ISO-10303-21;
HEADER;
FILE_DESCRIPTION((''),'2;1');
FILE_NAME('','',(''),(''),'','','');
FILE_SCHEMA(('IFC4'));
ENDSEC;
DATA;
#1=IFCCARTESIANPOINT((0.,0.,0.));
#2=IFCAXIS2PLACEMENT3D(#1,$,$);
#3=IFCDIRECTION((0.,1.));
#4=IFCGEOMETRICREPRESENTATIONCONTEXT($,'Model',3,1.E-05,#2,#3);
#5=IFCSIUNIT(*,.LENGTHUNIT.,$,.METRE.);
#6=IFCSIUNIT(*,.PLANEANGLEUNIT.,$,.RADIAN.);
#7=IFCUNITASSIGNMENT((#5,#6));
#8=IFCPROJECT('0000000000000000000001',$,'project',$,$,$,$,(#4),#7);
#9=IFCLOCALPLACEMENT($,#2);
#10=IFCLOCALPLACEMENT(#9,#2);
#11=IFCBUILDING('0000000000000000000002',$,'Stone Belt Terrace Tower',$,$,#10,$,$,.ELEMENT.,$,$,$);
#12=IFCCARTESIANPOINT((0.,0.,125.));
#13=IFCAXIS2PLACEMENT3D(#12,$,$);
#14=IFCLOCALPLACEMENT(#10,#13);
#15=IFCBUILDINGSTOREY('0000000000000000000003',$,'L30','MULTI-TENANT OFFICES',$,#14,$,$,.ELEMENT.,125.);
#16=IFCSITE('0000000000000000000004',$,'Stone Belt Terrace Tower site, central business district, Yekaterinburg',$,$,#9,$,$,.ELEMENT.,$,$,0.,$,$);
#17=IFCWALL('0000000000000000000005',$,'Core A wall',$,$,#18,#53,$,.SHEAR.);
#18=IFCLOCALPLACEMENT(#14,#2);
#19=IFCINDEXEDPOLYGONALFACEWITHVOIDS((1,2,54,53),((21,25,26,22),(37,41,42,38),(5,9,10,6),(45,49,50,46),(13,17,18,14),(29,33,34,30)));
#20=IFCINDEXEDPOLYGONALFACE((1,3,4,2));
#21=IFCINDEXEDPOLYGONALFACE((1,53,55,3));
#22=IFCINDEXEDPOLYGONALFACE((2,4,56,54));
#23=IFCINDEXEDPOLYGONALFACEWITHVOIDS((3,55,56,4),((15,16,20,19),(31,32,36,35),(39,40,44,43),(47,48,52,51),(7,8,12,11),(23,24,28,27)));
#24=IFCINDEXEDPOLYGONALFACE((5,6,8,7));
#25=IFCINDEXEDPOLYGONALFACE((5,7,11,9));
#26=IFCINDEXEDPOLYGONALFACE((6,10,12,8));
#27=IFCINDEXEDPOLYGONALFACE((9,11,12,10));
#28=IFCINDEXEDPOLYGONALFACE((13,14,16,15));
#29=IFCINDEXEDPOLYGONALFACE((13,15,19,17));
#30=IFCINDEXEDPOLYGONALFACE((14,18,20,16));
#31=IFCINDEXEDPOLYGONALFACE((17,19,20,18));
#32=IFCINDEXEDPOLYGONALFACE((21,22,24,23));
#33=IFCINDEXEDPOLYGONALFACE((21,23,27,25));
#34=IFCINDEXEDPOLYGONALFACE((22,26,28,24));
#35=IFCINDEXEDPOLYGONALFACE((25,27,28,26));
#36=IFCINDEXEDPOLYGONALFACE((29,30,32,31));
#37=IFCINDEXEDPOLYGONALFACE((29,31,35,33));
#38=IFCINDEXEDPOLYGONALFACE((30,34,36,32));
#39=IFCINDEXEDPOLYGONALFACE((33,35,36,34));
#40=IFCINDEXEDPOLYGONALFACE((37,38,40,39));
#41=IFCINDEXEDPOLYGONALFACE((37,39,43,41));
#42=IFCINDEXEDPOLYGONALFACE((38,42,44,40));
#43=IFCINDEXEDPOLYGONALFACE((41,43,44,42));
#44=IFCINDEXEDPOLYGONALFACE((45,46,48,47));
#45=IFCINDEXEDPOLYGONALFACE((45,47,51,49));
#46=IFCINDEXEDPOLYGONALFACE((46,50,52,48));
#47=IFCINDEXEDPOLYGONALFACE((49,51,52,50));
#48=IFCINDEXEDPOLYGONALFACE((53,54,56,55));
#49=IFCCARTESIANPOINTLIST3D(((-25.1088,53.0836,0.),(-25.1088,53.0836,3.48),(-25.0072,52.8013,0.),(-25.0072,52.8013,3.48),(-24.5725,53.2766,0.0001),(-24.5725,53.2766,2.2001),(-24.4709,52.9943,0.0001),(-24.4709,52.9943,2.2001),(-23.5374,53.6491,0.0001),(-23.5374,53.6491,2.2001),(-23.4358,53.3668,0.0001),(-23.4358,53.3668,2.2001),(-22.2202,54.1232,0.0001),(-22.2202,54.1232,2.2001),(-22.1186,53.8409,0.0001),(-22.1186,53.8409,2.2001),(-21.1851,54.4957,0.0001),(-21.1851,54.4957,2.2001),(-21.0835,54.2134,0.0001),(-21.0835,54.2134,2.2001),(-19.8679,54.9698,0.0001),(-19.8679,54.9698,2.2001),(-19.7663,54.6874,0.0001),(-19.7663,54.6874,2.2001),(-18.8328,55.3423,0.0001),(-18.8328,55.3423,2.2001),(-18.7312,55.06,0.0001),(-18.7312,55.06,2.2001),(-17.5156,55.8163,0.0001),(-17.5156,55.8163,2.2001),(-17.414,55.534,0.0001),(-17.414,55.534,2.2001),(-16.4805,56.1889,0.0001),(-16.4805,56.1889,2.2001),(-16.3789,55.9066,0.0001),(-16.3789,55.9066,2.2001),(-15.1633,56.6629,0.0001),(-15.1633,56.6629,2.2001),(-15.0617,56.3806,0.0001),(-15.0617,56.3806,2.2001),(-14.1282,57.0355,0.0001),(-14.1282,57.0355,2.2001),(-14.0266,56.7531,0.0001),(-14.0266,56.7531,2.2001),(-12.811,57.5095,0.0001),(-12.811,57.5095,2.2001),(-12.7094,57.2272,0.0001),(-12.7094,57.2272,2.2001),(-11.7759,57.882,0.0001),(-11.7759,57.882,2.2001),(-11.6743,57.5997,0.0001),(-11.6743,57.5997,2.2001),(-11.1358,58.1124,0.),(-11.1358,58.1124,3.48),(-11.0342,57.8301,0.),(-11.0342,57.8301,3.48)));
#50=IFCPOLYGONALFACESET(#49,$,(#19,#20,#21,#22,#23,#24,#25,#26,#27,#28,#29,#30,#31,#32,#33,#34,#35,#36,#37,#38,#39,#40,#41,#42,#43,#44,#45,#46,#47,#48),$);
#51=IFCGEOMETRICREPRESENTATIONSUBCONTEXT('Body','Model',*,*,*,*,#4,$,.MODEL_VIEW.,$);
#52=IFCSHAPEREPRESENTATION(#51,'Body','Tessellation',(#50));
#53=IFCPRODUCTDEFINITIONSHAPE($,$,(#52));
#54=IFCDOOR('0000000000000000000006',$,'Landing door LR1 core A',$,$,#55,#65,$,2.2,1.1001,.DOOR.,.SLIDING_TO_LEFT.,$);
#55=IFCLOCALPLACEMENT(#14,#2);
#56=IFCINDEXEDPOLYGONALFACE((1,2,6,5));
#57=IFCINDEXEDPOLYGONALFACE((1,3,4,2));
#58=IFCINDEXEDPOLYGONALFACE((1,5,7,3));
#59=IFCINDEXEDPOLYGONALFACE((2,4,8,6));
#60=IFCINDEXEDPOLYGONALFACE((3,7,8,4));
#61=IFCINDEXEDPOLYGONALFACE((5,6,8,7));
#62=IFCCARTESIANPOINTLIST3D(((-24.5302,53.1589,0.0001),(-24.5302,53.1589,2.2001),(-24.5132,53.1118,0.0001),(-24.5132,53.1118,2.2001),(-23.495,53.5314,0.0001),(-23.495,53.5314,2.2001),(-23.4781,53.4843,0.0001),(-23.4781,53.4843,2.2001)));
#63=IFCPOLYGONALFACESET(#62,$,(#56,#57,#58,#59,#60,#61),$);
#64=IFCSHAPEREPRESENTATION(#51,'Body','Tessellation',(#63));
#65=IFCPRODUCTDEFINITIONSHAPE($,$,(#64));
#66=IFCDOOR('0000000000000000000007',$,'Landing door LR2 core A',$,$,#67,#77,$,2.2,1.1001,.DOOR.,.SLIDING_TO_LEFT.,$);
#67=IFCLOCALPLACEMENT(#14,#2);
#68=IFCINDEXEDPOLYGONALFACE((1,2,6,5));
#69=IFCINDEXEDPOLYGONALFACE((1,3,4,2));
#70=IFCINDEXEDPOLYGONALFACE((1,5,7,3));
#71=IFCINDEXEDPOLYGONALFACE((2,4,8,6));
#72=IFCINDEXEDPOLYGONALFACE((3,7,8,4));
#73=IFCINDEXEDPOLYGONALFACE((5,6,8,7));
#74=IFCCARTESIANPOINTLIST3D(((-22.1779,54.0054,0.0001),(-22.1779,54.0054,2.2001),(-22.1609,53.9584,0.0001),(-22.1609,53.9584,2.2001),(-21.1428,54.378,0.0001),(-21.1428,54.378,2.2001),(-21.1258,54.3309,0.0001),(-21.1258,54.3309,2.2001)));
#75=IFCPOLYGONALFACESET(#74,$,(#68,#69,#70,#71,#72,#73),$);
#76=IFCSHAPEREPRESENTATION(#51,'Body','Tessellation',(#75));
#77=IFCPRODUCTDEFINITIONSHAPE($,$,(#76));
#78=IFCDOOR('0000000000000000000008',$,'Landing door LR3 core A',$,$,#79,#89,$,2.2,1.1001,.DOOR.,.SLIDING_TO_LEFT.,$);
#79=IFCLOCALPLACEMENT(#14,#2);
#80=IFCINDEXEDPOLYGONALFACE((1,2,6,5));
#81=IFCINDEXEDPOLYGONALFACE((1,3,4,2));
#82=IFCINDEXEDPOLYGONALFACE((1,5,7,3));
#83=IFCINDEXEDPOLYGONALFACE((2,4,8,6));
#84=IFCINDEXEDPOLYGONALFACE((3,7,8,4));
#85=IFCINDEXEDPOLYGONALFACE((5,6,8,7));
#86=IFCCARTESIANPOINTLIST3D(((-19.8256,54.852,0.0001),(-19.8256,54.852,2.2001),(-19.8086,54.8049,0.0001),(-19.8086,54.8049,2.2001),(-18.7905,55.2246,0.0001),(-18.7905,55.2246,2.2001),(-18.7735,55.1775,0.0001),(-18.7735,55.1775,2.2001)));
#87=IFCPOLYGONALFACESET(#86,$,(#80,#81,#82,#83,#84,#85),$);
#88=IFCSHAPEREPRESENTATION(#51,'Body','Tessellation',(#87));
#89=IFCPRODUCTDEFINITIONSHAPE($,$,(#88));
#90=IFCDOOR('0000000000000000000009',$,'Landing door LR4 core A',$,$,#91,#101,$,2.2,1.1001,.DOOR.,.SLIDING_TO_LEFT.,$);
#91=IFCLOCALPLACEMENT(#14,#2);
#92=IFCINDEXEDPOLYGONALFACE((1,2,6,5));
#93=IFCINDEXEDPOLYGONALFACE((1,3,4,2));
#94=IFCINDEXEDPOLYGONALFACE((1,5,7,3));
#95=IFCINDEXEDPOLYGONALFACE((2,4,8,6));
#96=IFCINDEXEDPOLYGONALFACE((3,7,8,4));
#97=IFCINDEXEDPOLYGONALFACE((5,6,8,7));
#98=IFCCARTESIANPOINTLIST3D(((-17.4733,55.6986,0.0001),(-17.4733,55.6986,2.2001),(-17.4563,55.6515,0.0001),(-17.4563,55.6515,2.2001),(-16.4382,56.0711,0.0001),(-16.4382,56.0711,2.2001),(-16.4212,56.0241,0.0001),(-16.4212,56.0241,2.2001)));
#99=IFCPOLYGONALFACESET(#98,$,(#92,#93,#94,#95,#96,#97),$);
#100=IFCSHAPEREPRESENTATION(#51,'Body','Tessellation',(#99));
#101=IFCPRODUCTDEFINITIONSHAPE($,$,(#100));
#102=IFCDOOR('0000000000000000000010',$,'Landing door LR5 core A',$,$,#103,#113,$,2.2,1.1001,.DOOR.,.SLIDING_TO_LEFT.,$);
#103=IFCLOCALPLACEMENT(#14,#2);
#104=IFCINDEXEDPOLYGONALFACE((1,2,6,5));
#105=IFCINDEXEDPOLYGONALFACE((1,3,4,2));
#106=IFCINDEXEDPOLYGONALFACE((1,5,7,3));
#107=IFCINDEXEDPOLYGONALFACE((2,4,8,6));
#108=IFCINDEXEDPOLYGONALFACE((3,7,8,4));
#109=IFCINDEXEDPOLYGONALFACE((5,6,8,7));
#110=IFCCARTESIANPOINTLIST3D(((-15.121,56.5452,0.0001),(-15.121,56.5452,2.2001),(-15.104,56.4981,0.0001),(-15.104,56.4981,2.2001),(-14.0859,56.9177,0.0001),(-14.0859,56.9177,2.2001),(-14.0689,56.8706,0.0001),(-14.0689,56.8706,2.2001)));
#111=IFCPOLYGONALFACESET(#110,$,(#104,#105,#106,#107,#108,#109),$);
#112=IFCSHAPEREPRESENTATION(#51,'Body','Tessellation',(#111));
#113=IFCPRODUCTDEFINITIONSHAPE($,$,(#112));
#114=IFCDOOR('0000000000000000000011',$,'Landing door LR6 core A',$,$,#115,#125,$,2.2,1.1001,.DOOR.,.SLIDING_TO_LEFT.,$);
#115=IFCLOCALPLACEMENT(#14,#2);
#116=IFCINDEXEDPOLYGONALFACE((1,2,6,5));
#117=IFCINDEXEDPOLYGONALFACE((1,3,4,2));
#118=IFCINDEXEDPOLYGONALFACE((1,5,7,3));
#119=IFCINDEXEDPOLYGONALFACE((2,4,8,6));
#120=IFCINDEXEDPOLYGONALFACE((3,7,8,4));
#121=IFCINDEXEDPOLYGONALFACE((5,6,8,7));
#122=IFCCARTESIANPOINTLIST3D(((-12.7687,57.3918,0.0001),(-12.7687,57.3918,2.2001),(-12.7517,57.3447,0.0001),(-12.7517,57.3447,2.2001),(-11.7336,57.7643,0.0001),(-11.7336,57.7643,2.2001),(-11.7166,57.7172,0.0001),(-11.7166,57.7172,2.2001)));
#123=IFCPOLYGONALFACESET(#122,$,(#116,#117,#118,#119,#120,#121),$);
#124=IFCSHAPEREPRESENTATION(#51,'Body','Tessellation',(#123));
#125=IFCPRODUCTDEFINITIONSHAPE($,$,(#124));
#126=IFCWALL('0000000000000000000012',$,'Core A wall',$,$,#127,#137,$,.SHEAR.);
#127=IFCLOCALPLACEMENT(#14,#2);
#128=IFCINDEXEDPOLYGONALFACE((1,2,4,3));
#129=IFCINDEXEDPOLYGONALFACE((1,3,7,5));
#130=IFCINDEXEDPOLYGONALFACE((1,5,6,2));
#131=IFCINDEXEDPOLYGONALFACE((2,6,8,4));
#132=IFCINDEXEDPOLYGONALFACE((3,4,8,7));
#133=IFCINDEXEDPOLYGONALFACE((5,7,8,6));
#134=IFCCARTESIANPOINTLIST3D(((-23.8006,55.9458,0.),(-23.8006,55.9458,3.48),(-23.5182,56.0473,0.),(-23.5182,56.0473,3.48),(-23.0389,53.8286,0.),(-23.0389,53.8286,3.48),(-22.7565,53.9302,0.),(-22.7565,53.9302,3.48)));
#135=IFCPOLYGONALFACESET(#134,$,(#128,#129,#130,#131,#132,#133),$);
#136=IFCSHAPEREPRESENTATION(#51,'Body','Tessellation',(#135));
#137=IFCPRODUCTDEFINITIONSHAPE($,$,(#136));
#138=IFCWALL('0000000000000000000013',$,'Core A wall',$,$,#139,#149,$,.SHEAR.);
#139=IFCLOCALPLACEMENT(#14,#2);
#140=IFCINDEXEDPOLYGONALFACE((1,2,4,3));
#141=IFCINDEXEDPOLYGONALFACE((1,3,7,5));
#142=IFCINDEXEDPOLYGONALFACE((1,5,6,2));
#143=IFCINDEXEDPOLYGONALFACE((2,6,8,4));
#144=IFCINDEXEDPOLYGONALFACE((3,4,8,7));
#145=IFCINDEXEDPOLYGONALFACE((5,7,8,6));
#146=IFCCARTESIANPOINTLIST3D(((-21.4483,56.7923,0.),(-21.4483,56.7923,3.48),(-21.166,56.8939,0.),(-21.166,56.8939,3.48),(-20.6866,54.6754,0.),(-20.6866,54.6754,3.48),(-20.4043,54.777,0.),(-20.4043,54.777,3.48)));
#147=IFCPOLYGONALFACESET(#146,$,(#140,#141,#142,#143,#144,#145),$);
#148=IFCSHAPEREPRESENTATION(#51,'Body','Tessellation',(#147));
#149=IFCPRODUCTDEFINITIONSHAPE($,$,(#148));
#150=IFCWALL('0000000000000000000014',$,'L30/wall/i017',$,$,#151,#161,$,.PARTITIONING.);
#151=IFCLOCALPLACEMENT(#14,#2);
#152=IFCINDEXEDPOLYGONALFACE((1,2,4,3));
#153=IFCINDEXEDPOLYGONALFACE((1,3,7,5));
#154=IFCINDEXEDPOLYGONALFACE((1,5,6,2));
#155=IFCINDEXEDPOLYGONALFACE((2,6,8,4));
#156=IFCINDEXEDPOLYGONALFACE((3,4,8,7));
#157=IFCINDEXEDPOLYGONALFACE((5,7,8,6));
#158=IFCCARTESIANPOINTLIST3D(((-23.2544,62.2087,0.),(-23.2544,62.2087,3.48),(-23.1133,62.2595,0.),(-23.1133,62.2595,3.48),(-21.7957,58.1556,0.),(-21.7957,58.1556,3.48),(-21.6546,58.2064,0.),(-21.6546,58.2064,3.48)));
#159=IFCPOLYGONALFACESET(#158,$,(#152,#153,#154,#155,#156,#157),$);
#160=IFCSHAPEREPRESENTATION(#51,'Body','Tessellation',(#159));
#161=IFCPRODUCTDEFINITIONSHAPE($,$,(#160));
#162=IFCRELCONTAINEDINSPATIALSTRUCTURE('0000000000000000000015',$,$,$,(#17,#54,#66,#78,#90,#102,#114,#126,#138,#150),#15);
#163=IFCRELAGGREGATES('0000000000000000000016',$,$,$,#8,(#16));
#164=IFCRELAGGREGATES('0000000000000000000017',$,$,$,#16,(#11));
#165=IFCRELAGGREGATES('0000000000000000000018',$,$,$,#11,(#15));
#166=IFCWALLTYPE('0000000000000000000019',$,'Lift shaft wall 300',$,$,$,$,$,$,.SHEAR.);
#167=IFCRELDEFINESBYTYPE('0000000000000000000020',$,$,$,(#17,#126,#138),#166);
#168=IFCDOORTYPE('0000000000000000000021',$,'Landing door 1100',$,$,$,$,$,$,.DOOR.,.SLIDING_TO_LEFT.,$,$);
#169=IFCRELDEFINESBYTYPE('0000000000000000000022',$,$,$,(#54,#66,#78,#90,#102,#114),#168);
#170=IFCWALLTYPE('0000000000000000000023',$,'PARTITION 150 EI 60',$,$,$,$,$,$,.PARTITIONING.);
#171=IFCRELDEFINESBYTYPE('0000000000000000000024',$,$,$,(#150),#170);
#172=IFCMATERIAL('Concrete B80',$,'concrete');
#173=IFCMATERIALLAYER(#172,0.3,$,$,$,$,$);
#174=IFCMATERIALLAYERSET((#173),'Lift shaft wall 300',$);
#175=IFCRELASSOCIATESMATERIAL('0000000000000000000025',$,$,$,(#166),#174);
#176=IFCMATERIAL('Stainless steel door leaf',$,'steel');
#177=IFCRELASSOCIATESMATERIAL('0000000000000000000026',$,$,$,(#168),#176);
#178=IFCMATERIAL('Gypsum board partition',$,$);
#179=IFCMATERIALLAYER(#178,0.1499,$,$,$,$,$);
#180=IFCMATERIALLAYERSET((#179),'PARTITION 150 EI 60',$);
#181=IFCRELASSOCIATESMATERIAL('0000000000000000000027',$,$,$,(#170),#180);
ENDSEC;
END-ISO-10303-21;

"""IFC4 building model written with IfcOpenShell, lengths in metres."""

from ifc_helpers import new_model, si_unit, direction, frame, frame_2d, origin, place, context, subcontext, project, spatial, rectangle, extrude, material, layer, layer_set, type_object, element, fill, save


model = new_model("IFC4")

# Units and contexts
model_context = context("Model", 3, precision=1e-05, world=origin(), true_north=direction((0.0, 1.0)))
body_context = subcontext(model_context, "Body", "Model", "MODEL_VIEW")
ifc_project = project(units=[si_unit("LENGTHUNIT", "METRE"), si_unit("PLANEANGLEUNIT", "RADIAN")], contexts=[model_context])

# Site, building, storey
site_placement = place(None, origin())
site = spatial("IfcSite", under=ifc_project, at=site_placement, Name="Stone Belt Terrace Tower site, central business district, Yekaterinburg", CompositionType="ELEMENT", RefElevation=0.0)
building_placement = place(site_placement, origin())
building = spatial("IfcBuilding", under=site, at=building_placement, Name="Stone Belt Terrace Tower", CompositionType="ELEMENT")
storey_placement = place(building_placement, frame((0.0, 0.0, 125.0)))
storey = spatial("IfcBuildingStorey", under=building, at=storey_placement, Name="L30", Description="MULTI-TENANT OFFICES", CompositionType="ELEMENT", Elevation=125.0)

# Shared definitions
ifc_material_1 = material(Name="Concrete B80", Category="concrete")

# Wall, openings, doors
ifc_layer_1 = layer(ifc_material_1, 0.3)
ifc_layer_set_1 = layer_set([ifc_layer_1], Name="Lift shaft wall 300")
wall_type_1 = type_object("IfcWallType", Name="Lift shaft wall 300", PredefinedType="SHEAR", material=ifc_layer_set_1)
wall_1_placement = place(storey_placement, frame((-25.0581, 52.9424, 0.0), z_axis=(0.0, 0.0, 1.0), x_axis=(0.940918, 0.338634, 0.0)))
wall_1 = element("IfcWall", 1, at=wall_1_placement, inside=storey, type_object=wall_type_1, Name="Core A wall", PredefinedType="SHEAR", context=body_context, shape_type="SweptSolid", body=[
    extrude(rectangle(XDim=14.8503, YDim=0.3, at=frame_2d((7.4253, 0.0))), origin(), (0.0, 0.0, 1.0), 3.48),
])
opening_1_placement = place(wall_1_placement, frame((0.5701, 0.0, 0.0)))
opening_1 = element("IfcOpeningElement", 2, at=opening_1_placement, cuts=wall_1, PredefinedType="OPENING", context=body_context, shape_type="SweptSolid", body=[
    extrude(rectangle(XDim=1.1001, YDim=2.2, at=frame_2d((0.55, 1.1001))), frame((0.0, 0.1599, 0.0), z_axis=(0.0, -1.0, 0.0), x_axis=(1.0, 0.0, 0.0)), (0.0, 0.0, 1.0), 0.3201),
])
opening_2_placement = place(wall_1_placement, frame((3.0701, 0.0, 0.0)))
opening_2 = element("IfcOpeningElement", 3, at=opening_2_placement, cuts=wall_1, PredefinedType="OPENING", context=body_context, shape_type="SweptSolid", body=[
    extrude(rectangle(XDim=1.1001, YDim=2.2, at=frame_2d((0.55, 1.1001))), frame((0.0, 0.1599, 0.0), z_axis=(0.0, -1.0, 0.0), x_axis=(1.0, 0.0, 0.0)), (0.0, 0.0, 1.0), 0.3201),
])
opening_3_placement = place(wall_1_placement, frame((5.5701, 0.0, 0.0)))
opening_3 = element("IfcOpeningElement", 4, at=opening_3_placement, cuts=wall_1, PredefinedType="OPENING", context=body_context, shape_type="SweptSolid", body=[
    extrude(rectangle(XDim=1.1001, YDim=2.2, at=frame_2d((0.55, 1.1001))), frame((0.0, 0.1599, 0.0), z_axis=(0.0, -1.0, 0.0), x_axis=(1.0, 0.0, 0.0)), (0.0, 0.0, 1.0), 0.3201),
])
opening_4_placement = place(wall_1_placement, frame((8.0701, 0.0, 0.0)))
opening_4 = element("IfcOpeningElement", 5, at=opening_4_placement, cuts=wall_1, PredefinedType="OPENING", context=body_context, shape_type="SweptSolid", body=[
    extrude(rectangle(XDim=1.1001, YDim=2.2, at=frame_2d((0.55, 1.1001))), frame((0.0, 0.1599, 0.0), z_axis=(0.0, -1.0, 0.0), x_axis=(1.0, 0.0, 0.0)), (0.0, 0.0, 1.0), 0.3201),
])
opening_5_placement = place(wall_1_placement, frame((10.5701, 0.0, 0.0)))
opening_5 = element("IfcOpeningElement", 6, at=opening_5_placement, cuts=wall_1, PredefinedType="OPENING", context=body_context, shape_type="SweptSolid", body=[
    extrude(rectangle(XDim=1.1001, YDim=2.2, at=frame_2d((0.55, 1.1001))), frame((0.0, 0.1599, 0.0), z_axis=(0.0, -1.0, 0.0), x_axis=(1.0, 0.0, 0.0)), (0.0, 0.0, 1.0), 0.3201),
])
opening_6_placement = place(wall_1_placement, frame((13.0701, 0.0, 0.0)))
opening_6 = element("IfcOpeningElement", 7, at=opening_6_placement, cuts=wall_1, PredefinedType="OPENING", context=body_context, shape_type="SweptSolid", body=[
    extrude(rectangle(XDim=1.1001, YDim=2.2, at=frame_2d((0.55, 1.1001))), frame((0.0, 0.1599, 0.0), z_axis=(0.0, -1.0, 0.0), x_axis=(1.0, 0.0, 0.0)), (0.0, 0.0, 1.0), 0.3201),
])
ifc_material_2 = material(Name="Stainless steel door leaf", Category="steel")
door_type = type_object("IfcDoorType", Name="Landing door 1100", OperationType="SLIDING_TO_LEFT", PredefinedType="DOOR", material=ifc_material_2)
door_1_placement = place(opening_1_placement, origin())
door_1 = element("IfcDoor", 8, at=door_1_placement, inside=storey, type_object=door_type, Name="Landing door LR1 core A", OperationType="SLIDING_TO_LEFT", OverallHeight=2.2, OverallWidth=1.1001, PredefinedType="DOOR", context=body_context, shape_type="SweptSolid", body=[
    extrude(rectangle(XDim=1.1001, YDim=2.2, at=frame_2d((0.55, 1.1001))), frame((0.0, 0.0249, 0.0), z_axis=(0.0, -1.0, 0.0), x_axis=(1.0, 0.0, 0.0)), (0.0, 0.0, 1.0), 0.05),
])
fill(opening_1, door_1)
door_2_placement = place(opening_2_placement, origin())
door_2 = element("IfcDoor", 9, at=door_2_placement, inside=storey, type_object=door_type, Name="Landing door LR2 core A", OperationType="SLIDING_TO_LEFT", OverallHeight=2.2, OverallWidth=1.1001, PredefinedType="DOOR", context=body_context, shape_type="SweptSolid", body=[
    extrude(rectangle(XDim=1.1001, YDim=2.2, at=frame_2d((0.55, 1.1001))), frame((0.0, 0.0249, 0.0), z_axis=(0.0, -1.0, 0.0), x_axis=(1.0, 0.0, 0.0)), (0.0, 0.0, 1.0), 0.05),
])
fill(opening_2, door_2)
door_3_placement = place(opening_3_placement, origin())
door_3 = element("IfcDoor", 10, at=door_3_placement, inside=storey, type_object=door_type, Name="Landing door LR3 core A", OperationType="SLIDING_TO_LEFT", OverallHeight=2.2, OverallWidth=1.1001, PredefinedType="DOOR", context=body_context, shape_type="SweptSolid", body=[
    extrude(rectangle(XDim=1.1001, YDim=2.2, at=frame_2d((0.55, 1.1001))), frame((0.0, 0.0249, 0.0), z_axis=(0.0, -1.0, 0.0), x_axis=(1.0, 0.0, 0.0)), (0.0, 0.0, 1.0), 0.05),
])
fill(opening_3, door_3)
door_4_placement = place(opening_4_placement, origin())
door_4 = element("IfcDoor", 11, at=door_4_placement, inside=storey, type_object=door_type, Name="Landing door LR4 core A", OperationType="SLIDING_TO_LEFT", OverallHeight=2.2, OverallWidth=1.1001, PredefinedType="DOOR", context=body_context, shape_type="SweptSolid", body=[
    extrude(rectangle(XDim=1.1001, YDim=2.2, at=frame_2d((0.55, 1.1001))), frame((0.0, 0.0249, 0.0), z_axis=(0.0, -1.0, 0.0), x_axis=(1.0, 0.0, 0.0)), (0.0, 0.0, 1.0), 0.05),
])
fill(opening_4, door_4)
door_5_placement = place(opening_5_placement, origin())
door_5 = element("IfcDoor", 12, at=door_5_placement, inside=storey, type_object=door_type, Name="Landing door LR5 core A", OperationType="SLIDING_TO_LEFT", OverallHeight=2.2, OverallWidth=1.1001, PredefinedType="DOOR", context=body_context, shape_type="SweptSolid", body=[
    extrude(rectangle(XDim=1.1001, YDim=2.2, at=frame_2d((0.55, 1.1001))), frame((0.0, 0.0249, 0.0), z_axis=(0.0, -1.0, 0.0), x_axis=(1.0, 0.0, 0.0)), (0.0, 0.0, 1.0), 0.05),
])
fill(opening_5, door_5)
door_6_placement = place(opening_6_placement, origin())
door_6 = element("IfcDoor", 13, at=door_6_placement, inside=storey, type_object=door_type, Name="Landing door LR6 core A", OperationType="SLIDING_TO_LEFT", OverallHeight=2.2, OverallWidth=1.1001, PredefinedType="DOOR", context=body_context, shape_type="SweptSolid", body=[
    extrude(rectangle(XDim=1.1001, YDim=2.2, at=frame_2d((0.55, 1.1001))), frame((0.0, 0.0249, 0.0), z_axis=(0.0, -1.0, 0.0), x_axis=(1.0, 0.0, 0.0)), (0.0, 0.0, 1.0), 0.05),
])
fill(opening_6, door_6)

# Walls
wall_2_placement = place(storey_placement, frame((-22.8977, 53.8794, 0.0), z_axis=(0.0, 0.0, 1.0), x_axis=(-0.338535, 0.940954, 0.0)))
element("IfcWall", 14, at=wall_2_placement, inside=storey, type_object=wall_type_1, Name="Core A wall", PredefinedType="SHEAR", context=body_context, shape_type="SweptSolid", body=[
    extrude(rectangle(XDim=2.25, YDim=0.3, at=frame_2d((1.125, 0.0))), origin(), (0.0, 0.0, 1.0), 3.48),
])
wall_3_placement = place(storey_placement, frame((-20.5454, 54.7261, 0.0), z_axis=(0.0, 0.0, 1.0), x_axis=(-0.33857, 0.940941, 0.0)))
element("IfcWall", 15, at=wall_3_placement, inside=storey, type_object=wall_type_1, Name="Core A wall", PredefinedType="SHEAR", context=body_context, shape_type="SweptSolid", body=[
    extrude(rectangle(XDim=2.2498, YDim=0.3, at=frame_2d((1.125, 0.0))), origin(), (0.0, 0.0, 1.0), 3.48),
])
ifc_material_3 = material(Name="Gypsum board partition")
ifc_layer_2 = layer(ifc_material_3, 0.1499)
ifc_layer_set_2 = layer_set([ifc_layer_2], Name="PARTITION 150 EI 60")
wall_type_2 = type_object("IfcWallType", Name="PARTITION 150 EI 60", PredefinedType="PARTITIONING", material=ifc_layer_set_2)
wall_4_placement = place(storey_placement, frame((-23.1838, 62.2341, 0.0), z_axis=(0.0, 0.0, 1.0), x_axis=(0.338633, -0.940918, 0.0)))
element("IfcWall", 16, at=wall_4_placement, inside=storey, type_object=wall_type_2, Name="L30/wall/i017", PredefinedType="PARTITIONING", context=body_context, shape_type="SweptSolid", body=[
    extrude(rectangle(XDim=4.3076, YDim=0.1499, at=frame_2d((2.1538, 0.0))), origin(), (0.0, 0.0, 1.0), 3.48),
])

save(model, "model.ifc")
